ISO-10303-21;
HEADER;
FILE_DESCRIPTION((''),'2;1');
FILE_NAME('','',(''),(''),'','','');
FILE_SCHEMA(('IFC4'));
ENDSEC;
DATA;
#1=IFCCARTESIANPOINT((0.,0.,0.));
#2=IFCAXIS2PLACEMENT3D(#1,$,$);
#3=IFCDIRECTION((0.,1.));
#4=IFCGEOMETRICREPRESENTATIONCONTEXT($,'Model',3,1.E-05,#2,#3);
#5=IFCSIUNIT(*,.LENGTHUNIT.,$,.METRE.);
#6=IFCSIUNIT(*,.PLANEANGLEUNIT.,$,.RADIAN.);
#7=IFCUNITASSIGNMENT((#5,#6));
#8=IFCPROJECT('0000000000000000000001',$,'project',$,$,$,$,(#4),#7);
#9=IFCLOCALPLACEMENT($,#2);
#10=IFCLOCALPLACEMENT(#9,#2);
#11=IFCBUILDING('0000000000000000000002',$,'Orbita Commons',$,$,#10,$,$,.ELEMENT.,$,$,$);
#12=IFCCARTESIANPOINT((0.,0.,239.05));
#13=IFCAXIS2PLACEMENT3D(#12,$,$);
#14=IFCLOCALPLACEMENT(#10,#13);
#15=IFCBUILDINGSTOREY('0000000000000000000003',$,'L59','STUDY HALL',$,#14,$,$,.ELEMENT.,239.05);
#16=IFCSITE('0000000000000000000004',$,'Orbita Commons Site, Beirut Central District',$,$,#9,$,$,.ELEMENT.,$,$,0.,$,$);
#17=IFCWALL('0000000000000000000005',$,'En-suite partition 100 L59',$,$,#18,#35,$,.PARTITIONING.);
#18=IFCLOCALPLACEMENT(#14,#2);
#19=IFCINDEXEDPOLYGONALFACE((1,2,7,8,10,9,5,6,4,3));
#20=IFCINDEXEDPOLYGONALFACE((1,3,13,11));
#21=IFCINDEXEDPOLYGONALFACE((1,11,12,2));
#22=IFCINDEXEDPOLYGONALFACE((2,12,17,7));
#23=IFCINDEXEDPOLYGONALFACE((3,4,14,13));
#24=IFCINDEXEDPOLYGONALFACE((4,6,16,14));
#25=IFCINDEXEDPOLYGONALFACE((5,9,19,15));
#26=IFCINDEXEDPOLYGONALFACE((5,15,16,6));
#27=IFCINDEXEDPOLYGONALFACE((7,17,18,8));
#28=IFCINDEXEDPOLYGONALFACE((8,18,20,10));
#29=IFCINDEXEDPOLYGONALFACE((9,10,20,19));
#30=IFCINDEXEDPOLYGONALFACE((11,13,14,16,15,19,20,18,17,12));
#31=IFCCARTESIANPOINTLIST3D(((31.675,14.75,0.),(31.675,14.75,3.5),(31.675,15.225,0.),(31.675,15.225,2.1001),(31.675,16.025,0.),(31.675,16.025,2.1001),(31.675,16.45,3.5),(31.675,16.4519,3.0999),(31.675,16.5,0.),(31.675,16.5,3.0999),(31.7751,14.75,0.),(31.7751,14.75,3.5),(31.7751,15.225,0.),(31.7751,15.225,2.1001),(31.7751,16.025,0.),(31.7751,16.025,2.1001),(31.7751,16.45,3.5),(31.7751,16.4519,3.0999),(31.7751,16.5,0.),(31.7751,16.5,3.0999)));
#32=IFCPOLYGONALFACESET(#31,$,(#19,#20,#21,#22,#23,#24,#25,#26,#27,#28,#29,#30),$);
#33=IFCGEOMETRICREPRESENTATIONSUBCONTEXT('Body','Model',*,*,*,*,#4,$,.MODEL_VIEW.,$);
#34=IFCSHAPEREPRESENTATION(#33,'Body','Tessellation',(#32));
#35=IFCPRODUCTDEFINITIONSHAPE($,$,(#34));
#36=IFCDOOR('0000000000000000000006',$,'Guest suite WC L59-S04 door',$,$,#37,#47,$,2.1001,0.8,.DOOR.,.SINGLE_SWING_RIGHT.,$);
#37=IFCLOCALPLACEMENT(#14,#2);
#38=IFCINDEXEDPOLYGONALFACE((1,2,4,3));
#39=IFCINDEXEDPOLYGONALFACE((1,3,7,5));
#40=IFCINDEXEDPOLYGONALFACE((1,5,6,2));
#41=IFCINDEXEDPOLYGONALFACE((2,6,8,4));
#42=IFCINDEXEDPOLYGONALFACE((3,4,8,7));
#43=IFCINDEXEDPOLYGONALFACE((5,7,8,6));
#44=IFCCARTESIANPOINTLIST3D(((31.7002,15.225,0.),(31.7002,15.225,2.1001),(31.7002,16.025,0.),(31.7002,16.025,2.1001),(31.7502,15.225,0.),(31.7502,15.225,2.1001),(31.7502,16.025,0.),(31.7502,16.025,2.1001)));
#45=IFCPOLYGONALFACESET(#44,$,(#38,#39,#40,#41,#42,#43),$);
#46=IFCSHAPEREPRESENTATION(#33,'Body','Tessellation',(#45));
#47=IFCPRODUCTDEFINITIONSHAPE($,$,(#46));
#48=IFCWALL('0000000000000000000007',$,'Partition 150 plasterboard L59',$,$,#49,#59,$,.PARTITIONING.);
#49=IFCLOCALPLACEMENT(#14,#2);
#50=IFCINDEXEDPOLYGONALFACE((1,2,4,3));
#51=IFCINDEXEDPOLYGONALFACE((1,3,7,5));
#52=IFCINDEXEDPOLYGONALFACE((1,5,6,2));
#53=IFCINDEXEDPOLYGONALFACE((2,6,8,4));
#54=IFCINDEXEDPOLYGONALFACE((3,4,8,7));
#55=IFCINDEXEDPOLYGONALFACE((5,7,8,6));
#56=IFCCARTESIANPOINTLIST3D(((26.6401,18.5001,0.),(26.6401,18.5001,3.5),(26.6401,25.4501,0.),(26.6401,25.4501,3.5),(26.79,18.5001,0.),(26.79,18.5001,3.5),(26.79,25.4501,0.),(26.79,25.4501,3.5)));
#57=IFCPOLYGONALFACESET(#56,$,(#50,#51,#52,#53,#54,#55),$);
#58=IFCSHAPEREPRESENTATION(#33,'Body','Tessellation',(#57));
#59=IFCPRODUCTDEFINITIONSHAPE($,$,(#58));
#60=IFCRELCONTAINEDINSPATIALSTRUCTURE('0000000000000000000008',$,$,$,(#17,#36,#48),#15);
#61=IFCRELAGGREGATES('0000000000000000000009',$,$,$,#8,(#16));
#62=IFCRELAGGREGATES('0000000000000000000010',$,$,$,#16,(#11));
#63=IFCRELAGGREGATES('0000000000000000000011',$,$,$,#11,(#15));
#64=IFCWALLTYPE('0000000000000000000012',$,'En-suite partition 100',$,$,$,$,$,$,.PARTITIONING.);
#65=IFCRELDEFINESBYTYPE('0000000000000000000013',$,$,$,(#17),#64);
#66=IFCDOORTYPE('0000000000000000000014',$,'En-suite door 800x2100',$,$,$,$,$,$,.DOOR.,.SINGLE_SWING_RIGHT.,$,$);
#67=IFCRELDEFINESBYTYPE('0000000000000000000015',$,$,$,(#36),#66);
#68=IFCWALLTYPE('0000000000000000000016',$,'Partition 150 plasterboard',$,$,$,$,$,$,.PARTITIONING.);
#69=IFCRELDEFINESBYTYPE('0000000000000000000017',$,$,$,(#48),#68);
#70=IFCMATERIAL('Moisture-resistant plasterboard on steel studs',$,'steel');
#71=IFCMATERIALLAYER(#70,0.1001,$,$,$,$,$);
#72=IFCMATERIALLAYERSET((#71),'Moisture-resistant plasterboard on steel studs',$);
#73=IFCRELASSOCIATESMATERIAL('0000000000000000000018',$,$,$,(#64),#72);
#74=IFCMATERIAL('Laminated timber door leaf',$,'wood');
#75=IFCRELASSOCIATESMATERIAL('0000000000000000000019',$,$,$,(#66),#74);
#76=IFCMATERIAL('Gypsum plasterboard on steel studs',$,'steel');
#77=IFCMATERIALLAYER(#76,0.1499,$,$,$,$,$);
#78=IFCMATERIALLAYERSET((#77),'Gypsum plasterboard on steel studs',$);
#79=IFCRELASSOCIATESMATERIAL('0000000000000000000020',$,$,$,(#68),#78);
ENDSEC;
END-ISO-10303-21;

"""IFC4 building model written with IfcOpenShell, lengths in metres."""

from ifc_helpers import new_model, si_unit, direction, frame, frame_2d, origin, place, context, subcontext, project, spatial, polyline, rectangle, outline, extrude, material, layer, layer_set, type_object, element, fill, save


model = new_model("IFC4")

# Units and contexts
model_context = context("Model", 3, precision=1e-05, world=origin(), true_north=direction((0.0, 1.0)))
body_context = subcontext(model_context, "Body", "Model", "MODEL_VIEW")
ifc_project = project(units=[si_unit("LENGTHUNIT", "METRE"), si_unit("PLANEANGLEUNIT", "RADIAN")], contexts=[model_context])

# Site, building, storey
site_placement = place(None, origin())
site = spatial("IfcSite", under=ifc_project, at=site_placement, Name="Orbita Commons Site, Beirut Central District", CompositionType="ELEMENT", RefElevation=0.0)
building_placement = place(site_placement, origin())
building = spatial("IfcBuilding", under=site, at=building_placement, Name="Orbita Commons", CompositionType="ELEMENT")
storey_placement = place(building_placement, frame((0.0, 0.0, 239.05)))
storey = spatial("IfcBuildingStorey", under=building, at=storey_placement, Name="L59", Description="STUDY HALL", CompositionType="ELEMENT", Elevation=239.05)

# Shared definitions
ifc_material_1 = material(Name="Moisture-resistant plasterboard on steel studs", Category="steel")
ifc_layer_1 = layer(ifc_material_1, 0.1001)
ifc_layer_set_1 = layer_set([ifc_layer_1], Name="Moisture-resistant plasterboard on steel studs")
wall_type_1 = type_object("IfcWallType", Name="En-suite partition 100", PredefinedType="PARTITIONING", material=ifc_layer_set_1)

# Shared definitions
ifc_material_2 = material(Name="Laminated timber door leaf", Category="wood")
door_type_1 = type_object("IfcDoorType", Name="En-suite door 800x2100", OperationType="SINGLE_SWING_RIGHT", PredefinedType="DOOR", material=ifc_material_2)

# Wall, opening, door
wall_1_placement = place(storey_placement, frame((31.7251, 14.75, 0.0), z_axis=(0.0, 0.0, 1.0), x_axis=(0.0, 1.0, 0.0)))
wall_1 = element("IfcWall", 1, at=wall_1_placement, inside=storey, type_object=wall_type_1, Name="En-suite partition 100 L59", PredefinedType="PARTITIONING", context=body_context, shape_type="SweptSolid", body=[
    extrude(outline(polyline([(0.0, 0.0), (1.75, 0.0), (1.75, 3.0999), (1.7019, 3.0999), (1.7, 3.5), (0.0, 3.5), (0.0, 0.0)])), frame((0.0, 0.05, 0.0), z_axis=(0.0, -1.0, 0.0), x_axis=(1.0, 0.0, 0.0)), (0.0, 0.0, 1.0), 0.1001),
])
opening_1_placement = place(wall_1_placement, frame((0.4751, 0.0, 0.0)))
opening_1 = element("IfcOpeningElement", 2, at=opening_1_placement, cuts=wall_1, PredefinedType="OPENING", context=body_context, shape_type="SweptSolid", body=[
    extrude(rectangle(XDim=0.8, YDim=2.1001, at=frame_2d((0.3999, 1.05))), frame((0.0, 0.0601, 0.0), z_axis=(0.0, -1.0, 0.0), x_axis=(1.0, 0.0, 0.0)), (0.0, 0.0, 1.0), 0.1201),
])
door_1_placement = place(opening_1_placement, origin())
door_1 = element("IfcDoor", 3, at=door_1_placement, inside=storey, type_object=door_type_1, Name="Guest suite WC L59-S04 door", OperationType="SINGLE_SWING_RIGHT", OverallHeight=2.1001, OverallWidth=0.8, PredefinedType="DOOR", context=body_context, shape_type="SweptSolid", body=[
    extrude(rectangle(XDim=0.8, YDim=2.1001, at=frame_2d((0.3999, 1.05))), frame((0.0, 0.0249, 0.0), z_axis=(0.0, -1.0, 0.0), x_axis=(1.0, 0.0, 0.0)), (0.0, 0.0, 1.0), 0.05),
])
fill(opening_1, door_1)

# Wall
ifc_material_3 = material(Name="Gypsum plasterboard on steel studs", Category="steel")
ifc_layer_2 = layer(ifc_material_3, 0.1499)
ifc_layer_set_2 = layer_set([ifc_layer_2], Name="Gypsum plasterboard on steel studs")
wall_type_2 = type_object("IfcWallType", Name="Partition 150 plasterboard", PredefinedType="PARTITIONING", material=ifc_layer_set_2)
wall_2_placement = place(storey_placement, frame((26.7151, 18.5, 0.0), z_axis=(0.0, 0.0, 1.0), x_axis=(0.0, 1.0, 0.0)))
element("IfcWall", 4, at=wall_2_placement, inside=storey, type_object=wall_type_2, Name="Partition 150 plasterboard L59", PredefinedType="PARTITIONING", context=body_context, shape_type="SweptSolid", body=[
    extrude(rectangle(XDim=6.95, YDim=0.1499, at=frame_2d((3.4751, 0.0))), origin(), (0.0, 0.0, 1.0), 3.5),
])

save(model, "model.ifc")
